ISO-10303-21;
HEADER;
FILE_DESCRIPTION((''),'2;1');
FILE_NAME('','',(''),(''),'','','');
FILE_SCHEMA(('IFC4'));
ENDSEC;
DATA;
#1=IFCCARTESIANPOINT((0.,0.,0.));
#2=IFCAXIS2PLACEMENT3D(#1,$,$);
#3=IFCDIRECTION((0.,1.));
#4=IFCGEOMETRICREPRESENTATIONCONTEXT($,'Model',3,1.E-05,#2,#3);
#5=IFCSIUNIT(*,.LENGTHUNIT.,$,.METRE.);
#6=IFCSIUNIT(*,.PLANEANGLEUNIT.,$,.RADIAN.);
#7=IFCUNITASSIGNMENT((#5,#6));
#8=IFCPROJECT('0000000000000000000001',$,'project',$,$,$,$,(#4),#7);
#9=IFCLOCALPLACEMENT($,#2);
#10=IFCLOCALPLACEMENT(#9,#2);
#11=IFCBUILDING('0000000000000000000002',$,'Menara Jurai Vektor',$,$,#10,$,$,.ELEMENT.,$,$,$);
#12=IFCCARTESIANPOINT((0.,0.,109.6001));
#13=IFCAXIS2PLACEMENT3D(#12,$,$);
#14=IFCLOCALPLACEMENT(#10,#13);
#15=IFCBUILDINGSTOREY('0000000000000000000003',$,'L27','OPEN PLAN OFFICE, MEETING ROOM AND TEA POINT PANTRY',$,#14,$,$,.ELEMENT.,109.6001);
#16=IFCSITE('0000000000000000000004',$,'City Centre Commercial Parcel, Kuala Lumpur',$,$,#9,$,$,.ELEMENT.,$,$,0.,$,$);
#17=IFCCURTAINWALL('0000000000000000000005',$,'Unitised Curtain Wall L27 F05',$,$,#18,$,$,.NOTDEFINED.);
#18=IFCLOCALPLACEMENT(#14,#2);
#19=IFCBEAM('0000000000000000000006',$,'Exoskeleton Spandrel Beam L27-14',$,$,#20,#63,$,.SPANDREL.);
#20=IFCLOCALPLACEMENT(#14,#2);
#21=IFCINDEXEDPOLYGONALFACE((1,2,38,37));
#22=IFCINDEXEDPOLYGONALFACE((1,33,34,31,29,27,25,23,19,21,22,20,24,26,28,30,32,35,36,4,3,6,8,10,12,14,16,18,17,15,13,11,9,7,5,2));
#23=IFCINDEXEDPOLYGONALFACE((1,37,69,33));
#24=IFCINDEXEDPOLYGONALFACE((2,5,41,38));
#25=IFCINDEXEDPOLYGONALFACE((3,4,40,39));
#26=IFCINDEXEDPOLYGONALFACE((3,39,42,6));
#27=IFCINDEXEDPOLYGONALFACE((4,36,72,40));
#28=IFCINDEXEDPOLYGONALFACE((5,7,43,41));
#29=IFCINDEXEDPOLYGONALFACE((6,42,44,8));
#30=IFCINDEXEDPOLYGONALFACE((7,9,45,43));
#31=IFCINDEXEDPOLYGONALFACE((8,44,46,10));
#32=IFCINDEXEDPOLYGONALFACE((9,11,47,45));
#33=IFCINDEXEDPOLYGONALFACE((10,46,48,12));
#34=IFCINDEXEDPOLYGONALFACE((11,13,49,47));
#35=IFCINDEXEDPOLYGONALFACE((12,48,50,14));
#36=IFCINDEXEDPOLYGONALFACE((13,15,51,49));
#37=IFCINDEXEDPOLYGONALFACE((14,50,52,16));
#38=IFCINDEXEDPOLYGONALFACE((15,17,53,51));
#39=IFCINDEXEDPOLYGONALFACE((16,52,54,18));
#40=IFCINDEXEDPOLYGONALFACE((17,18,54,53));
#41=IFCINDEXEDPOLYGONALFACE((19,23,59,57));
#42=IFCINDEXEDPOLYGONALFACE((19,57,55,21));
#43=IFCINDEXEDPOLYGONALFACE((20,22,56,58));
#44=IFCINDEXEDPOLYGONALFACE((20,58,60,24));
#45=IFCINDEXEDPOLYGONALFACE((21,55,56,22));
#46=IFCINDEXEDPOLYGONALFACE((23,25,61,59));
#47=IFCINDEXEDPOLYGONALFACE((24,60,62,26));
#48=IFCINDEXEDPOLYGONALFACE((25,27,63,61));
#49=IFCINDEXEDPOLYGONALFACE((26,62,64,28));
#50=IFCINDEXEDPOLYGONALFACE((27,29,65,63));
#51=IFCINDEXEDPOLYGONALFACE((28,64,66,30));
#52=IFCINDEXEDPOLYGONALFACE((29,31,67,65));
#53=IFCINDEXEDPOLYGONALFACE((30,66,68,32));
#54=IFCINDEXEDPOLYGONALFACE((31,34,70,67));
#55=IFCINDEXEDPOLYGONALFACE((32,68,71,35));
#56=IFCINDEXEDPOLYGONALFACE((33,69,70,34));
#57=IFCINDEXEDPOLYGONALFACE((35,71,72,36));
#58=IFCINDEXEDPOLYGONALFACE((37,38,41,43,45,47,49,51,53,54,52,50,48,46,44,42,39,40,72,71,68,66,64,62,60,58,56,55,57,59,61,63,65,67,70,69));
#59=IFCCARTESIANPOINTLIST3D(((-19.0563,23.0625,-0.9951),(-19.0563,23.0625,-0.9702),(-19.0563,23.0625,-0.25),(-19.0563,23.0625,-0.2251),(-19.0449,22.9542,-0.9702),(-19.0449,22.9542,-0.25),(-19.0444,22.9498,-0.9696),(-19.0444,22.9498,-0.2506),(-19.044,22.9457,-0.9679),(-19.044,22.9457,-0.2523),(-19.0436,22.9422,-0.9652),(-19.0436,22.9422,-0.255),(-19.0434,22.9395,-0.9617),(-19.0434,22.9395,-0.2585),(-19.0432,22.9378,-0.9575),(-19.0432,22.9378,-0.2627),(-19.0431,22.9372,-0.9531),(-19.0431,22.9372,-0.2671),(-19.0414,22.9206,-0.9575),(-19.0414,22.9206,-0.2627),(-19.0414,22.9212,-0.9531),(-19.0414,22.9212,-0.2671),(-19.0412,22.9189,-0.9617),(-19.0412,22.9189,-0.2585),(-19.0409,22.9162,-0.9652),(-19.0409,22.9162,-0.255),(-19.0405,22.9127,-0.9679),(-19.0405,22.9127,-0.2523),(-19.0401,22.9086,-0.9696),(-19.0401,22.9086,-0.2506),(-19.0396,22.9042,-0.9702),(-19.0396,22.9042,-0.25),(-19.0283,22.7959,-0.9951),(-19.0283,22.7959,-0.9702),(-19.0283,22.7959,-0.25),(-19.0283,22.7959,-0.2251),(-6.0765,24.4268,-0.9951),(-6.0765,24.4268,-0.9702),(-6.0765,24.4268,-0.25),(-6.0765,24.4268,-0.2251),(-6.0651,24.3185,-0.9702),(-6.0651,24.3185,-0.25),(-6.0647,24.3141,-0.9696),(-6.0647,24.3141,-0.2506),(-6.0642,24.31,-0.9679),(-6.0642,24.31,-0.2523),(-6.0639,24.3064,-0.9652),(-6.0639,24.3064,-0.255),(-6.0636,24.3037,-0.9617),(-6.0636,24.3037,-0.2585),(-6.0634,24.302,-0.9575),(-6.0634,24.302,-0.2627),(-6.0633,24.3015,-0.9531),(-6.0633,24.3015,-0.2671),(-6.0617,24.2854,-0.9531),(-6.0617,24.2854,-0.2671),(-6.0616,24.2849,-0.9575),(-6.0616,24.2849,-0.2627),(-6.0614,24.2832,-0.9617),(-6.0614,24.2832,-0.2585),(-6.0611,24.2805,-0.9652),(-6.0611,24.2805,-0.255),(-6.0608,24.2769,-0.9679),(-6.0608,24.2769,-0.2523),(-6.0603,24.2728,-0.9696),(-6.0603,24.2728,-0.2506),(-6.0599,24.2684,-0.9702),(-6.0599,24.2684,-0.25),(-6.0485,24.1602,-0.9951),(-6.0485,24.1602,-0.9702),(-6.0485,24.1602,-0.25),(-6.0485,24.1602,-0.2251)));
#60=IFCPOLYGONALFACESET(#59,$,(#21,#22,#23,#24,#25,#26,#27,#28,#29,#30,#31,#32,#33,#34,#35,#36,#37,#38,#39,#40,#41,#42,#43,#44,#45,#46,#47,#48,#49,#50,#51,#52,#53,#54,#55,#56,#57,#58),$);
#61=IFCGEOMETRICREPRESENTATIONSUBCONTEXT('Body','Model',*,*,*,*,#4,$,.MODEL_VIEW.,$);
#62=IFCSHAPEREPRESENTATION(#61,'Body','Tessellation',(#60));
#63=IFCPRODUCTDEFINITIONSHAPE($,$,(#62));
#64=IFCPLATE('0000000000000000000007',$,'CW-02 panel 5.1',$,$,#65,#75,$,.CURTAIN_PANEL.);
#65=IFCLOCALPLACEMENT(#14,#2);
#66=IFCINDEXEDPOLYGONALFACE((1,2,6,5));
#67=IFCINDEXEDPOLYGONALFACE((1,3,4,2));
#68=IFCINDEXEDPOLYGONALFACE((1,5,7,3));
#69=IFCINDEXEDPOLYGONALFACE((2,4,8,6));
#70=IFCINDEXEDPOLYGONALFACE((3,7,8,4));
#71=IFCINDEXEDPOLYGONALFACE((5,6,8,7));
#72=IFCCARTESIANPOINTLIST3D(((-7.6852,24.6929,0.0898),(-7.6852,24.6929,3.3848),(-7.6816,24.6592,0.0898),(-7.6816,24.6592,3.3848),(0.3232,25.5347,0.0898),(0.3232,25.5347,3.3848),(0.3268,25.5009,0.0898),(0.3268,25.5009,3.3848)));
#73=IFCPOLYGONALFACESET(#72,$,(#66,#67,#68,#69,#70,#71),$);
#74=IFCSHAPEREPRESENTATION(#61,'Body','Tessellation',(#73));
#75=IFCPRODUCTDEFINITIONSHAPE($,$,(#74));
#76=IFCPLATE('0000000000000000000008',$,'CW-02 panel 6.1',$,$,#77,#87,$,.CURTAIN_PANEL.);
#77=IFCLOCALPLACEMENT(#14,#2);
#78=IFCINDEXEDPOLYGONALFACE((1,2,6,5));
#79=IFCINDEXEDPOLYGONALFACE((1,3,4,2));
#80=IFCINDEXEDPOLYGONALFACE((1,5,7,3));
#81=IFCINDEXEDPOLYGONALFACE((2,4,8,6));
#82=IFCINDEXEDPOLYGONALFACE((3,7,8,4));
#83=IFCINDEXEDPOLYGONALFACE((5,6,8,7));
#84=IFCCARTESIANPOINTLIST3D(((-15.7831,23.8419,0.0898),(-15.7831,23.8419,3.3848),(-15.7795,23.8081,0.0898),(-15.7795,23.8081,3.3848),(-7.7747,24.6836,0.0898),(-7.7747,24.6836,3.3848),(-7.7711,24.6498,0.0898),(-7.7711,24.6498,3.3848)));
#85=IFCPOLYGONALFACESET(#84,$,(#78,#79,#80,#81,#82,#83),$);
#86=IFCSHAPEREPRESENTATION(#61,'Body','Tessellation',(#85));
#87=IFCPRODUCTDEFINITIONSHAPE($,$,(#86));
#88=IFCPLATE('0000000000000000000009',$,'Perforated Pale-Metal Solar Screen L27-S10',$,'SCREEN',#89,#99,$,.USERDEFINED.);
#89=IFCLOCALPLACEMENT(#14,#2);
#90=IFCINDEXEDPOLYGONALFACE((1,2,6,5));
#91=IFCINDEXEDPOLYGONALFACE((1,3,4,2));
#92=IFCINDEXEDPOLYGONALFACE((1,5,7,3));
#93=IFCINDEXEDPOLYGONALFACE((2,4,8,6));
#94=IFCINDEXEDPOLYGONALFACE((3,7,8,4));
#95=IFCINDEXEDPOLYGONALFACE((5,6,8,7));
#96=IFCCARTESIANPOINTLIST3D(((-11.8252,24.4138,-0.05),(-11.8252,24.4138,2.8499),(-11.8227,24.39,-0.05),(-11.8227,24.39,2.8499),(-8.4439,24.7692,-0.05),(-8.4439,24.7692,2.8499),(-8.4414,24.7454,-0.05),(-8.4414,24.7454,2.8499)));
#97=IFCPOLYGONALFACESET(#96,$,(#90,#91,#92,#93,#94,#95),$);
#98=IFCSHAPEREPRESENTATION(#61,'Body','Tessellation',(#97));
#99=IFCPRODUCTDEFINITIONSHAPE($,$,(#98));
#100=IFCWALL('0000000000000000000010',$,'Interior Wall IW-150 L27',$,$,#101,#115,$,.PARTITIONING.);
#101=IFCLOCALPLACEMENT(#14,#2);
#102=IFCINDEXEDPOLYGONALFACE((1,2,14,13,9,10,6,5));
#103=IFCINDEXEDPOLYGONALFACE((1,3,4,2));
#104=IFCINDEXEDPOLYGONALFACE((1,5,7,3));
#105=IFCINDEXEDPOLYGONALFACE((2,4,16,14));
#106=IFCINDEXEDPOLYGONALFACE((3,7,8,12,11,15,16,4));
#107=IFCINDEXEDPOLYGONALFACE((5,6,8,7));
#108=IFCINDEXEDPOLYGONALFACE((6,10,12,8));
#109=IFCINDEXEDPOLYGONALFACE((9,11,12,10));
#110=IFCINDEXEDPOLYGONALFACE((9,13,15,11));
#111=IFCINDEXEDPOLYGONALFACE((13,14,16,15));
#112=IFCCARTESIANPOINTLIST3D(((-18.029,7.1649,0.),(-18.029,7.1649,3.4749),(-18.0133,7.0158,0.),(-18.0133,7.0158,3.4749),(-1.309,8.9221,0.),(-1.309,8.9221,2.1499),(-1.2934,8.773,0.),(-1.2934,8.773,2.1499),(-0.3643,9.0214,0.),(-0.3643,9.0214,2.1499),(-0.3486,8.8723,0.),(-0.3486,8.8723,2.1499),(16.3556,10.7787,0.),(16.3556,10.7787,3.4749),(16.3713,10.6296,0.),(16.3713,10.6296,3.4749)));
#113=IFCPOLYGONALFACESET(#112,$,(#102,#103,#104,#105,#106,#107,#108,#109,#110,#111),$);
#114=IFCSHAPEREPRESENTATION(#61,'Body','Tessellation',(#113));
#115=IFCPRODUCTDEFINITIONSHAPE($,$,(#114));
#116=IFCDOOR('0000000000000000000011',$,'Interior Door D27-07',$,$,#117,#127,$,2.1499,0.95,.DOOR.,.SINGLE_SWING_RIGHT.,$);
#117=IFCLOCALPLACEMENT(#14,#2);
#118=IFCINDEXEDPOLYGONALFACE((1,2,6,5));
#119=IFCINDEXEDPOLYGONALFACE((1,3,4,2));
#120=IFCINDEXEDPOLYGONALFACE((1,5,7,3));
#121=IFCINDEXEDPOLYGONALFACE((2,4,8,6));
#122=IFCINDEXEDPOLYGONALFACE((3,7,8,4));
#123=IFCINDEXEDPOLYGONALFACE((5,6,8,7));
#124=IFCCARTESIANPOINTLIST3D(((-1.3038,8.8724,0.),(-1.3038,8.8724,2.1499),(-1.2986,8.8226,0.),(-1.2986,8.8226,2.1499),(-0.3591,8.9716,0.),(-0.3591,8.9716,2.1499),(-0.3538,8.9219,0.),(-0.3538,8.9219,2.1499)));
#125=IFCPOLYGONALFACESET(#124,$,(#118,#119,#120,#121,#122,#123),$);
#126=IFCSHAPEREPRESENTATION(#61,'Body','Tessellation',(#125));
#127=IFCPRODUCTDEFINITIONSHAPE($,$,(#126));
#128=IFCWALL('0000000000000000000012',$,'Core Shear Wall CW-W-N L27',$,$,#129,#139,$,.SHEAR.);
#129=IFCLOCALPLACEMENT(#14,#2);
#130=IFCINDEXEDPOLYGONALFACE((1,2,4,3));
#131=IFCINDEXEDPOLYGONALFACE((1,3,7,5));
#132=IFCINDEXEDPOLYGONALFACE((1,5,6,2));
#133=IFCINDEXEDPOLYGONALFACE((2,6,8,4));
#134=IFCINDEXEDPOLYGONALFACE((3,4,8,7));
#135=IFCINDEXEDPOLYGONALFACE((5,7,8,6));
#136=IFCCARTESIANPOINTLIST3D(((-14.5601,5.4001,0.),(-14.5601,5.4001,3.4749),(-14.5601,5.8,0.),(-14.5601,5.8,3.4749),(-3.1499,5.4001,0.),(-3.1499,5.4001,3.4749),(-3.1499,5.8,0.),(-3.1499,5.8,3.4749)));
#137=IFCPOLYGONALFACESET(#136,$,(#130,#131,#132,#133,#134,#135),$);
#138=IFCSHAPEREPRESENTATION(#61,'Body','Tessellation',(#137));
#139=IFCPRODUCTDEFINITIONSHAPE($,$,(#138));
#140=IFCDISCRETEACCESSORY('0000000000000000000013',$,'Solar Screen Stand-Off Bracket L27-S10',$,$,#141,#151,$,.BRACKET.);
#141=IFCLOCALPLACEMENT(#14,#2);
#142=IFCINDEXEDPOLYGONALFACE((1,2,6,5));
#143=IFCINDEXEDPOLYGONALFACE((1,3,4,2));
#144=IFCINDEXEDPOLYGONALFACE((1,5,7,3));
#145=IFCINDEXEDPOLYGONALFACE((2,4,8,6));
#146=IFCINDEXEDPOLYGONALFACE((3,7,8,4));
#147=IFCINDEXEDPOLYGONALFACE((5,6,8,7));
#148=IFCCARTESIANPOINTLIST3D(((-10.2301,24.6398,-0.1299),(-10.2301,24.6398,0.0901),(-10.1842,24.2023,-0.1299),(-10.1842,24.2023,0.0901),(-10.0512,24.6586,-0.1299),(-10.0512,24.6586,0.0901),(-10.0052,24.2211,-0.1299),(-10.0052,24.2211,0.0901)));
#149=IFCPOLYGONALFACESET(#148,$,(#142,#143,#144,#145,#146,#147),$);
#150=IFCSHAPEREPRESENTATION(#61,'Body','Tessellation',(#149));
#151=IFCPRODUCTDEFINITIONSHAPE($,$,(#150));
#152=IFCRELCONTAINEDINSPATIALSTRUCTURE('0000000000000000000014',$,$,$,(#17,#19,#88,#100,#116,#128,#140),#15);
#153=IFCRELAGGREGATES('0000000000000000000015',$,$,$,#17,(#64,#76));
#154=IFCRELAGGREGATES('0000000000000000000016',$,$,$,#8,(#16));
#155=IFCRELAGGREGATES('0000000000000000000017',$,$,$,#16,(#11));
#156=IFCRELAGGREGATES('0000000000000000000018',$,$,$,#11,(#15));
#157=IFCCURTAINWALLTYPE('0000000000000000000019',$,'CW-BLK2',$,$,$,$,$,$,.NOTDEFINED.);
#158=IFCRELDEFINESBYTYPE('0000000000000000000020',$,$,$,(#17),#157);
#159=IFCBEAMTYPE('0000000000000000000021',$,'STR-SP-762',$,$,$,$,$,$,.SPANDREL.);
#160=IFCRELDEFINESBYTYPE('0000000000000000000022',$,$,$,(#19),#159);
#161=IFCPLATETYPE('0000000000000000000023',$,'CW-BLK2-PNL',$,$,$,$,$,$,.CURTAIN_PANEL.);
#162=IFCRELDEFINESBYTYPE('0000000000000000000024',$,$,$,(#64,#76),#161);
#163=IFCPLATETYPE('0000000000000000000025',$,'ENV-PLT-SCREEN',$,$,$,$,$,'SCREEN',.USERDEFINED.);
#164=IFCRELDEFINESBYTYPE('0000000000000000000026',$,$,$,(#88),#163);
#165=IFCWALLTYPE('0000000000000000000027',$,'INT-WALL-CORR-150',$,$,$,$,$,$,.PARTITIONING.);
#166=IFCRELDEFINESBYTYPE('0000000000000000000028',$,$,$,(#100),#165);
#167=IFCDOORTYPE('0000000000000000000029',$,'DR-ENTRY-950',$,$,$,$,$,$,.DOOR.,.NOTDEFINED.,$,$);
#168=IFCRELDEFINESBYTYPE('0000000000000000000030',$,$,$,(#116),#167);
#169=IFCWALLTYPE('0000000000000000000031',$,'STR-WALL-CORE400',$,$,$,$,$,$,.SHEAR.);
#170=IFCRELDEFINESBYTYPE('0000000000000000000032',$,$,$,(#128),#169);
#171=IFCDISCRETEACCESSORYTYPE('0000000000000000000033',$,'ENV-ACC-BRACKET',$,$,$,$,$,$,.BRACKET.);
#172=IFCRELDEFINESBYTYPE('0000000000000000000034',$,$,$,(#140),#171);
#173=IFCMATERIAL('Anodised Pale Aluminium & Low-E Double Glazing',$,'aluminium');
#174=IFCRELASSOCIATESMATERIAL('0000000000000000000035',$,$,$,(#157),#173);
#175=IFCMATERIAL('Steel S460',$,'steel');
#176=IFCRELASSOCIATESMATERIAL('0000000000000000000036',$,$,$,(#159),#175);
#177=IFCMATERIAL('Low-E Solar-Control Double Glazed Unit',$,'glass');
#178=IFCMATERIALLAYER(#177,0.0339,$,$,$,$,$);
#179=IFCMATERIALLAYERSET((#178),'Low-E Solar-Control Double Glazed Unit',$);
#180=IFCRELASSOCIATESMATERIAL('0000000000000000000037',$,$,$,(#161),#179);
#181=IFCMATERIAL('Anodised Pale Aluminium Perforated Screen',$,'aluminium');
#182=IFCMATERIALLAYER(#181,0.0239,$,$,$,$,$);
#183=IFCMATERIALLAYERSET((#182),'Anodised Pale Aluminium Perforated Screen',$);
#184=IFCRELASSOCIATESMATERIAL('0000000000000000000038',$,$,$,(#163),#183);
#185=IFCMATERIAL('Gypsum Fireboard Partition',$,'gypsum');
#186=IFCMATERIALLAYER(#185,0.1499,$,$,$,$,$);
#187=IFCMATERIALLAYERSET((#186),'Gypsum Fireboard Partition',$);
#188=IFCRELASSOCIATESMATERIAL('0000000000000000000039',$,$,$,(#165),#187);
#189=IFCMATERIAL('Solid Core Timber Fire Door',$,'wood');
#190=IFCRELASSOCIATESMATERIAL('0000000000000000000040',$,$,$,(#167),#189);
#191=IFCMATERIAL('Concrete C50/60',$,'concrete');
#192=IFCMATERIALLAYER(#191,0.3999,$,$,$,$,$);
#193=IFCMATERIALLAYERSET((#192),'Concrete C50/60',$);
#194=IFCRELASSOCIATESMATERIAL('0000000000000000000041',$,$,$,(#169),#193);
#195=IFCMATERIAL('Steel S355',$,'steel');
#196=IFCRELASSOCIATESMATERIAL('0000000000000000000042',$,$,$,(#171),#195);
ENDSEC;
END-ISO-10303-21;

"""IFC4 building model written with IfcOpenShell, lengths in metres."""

from ifc_helpers import new_model, si_unit, direction, frame, frame_2d, origin, origin_2d, place, context, subcontext, project, spatial, rectangle, i_section, extrude, material, layer, layer_set, material_profile, profile_set, type_object, element, fill, aggregate, save


model = new_model("IFC4")

# Units and contexts
model_context = context("Model", 3, precision=1e-05, world=origin(), true_north=direction((0.0, 1.0)))
body_context = subcontext(model_context, "Body", "Model", "MODEL_VIEW")
ifc_project = project(units=[si_unit("LENGTHUNIT", "METRE"), si_unit("PLANEANGLEUNIT", "RADIAN")], contexts=[model_context])

# Site, building, storey
site_placement = place(None, origin())
site = spatial("IfcSite", under=ifc_project, at=site_placement, Name="City Centre Commercial Parcel, Kuala Lumpur", CompositionType="ELEMENT", RefElevation=0.0)
building_placement = place(site_placement, origin())
building = spatial("IfcBuilding", under=site, at=building_placement, Name="Menara Jurai Vektor", CompositionType="ELEMENT")
storey_placement = place(building_placement, frame((0.0, 0.0, 109.6001)))
storey = spatial("IfcBuildingStorey", under=building, at=storey_placement, Name="L27", Description="OPEN PLAN OFFICE, MEETING ROOM AND TEA POINT PANTRY", CompositionType="ELEMENT", Elevation=109.6001)

# Shared definitions
ifc_material_1 = material(Name="Steel S460", Category="steel")

# Curtain wall
ifc_material_2 = material(Name="Anodised Pale Aluminium & Low-E Double Glazing", Category="aluminium")
curtain_wall_type = type_object("IfcCurtainWallType", Name="CW-BLK2", PredefinedType="NOTDEFINED", material=ifc_material_2)
curtain_wall_placement = place(storey_placement, origin())
curtain_wall = element("IfcCurtainWall", 1, at=curtain_wall_placement, inside=storey, type_object=curtain_wall_type, Name="Unitised Curtain Wall L27 F05", PredefinedType="NOTDEFINED")

# Beam
ifc_material_3 = material(Name="Steel S355", Category="steel")
ifc_material_profile_1 = material_profile(ifc_material_1, i_section(OverallWidth=0.2681, OverallDepth=0.77, WebThickness=0.0161, FlangeThickness=0.0249, FilletRadius=0.0171, at=origin_2d()), Name="UKB 762x267x197")
ifc_profile_set_1 = profile_set([ifc_material_profile_1], Name="Steel S460")
beam_type_1 = type_object("IfcBeamType", Name="STR-SP-762", PredefinedType="SPANDREL", material=ifc_profile_set_1)
beam_1_placement = place(storey_placement, frame((-6.0625, 24.2935, -0.6101), z_axis=(-0.994522, -0.104531, 0.0), x_axis=(0.104531, -0.994522, 0.0)))
element("IfcBeam", 2, at=beam_1_placement, inside=storey, type_object=beam_type_1, Name="Exoskeleton Spandrel Beam L27-14", PredefinedType="SPANDREL", context=body_context, shape_type="SweptSolid", body=[
    extrude(i_section(OverallWidth=0.2681, OverallDepth=0.77, WebThickness=0.0161, FlangeThickness=0.0249, FilletRadius=0.0171, at=origin_2d()), origin(), (0.0, 0.0, 1.0), 13.0513),
])

# Plates
ifc_material_4 = material(Name="Low-E Solar-Control Double Glazed Unit", Category="glass")
ifc_layer_1 = layer(ifc_material_4, 0.0339)
ifc_layer_set_1 = layer_set([ifc_layer_1], Name="Low-E Solar-Control Double Glazed Unit")
plate_type_1 = type_object("IfcPlateType", Name="CW-BLK2-PNL", PredefinedType="CURTAIN_PANEL", material=ifc_layer_set_1)
plate_1_placement = place(storey_placement, frame((-3.6792, 25.0969, 0.0898), z_axis=(0.0, 0.0, 1.0), x_axis=(-0.994522, -0.104529, 0.0)))
plate_1 = element("IfcPlate", 3, at=plate_1_placement, type_object=plate_type_1, Name="CW-02 panel 5.1", PredefinedType="CURTAIN_PANEL", context=body_context, shape_type="SweptSolid", body=[
    extrude(rectangle(XDim=8.0525, YDim=0.0339, at=origin_2d()), origin(), (0.0, 0.0, 1.0), 3.2949),
])
plate_2_placement = place(storey_placement, frame((-11.7771, 24.2458, 0.0898), z_axis=(0.0, 0.0, 1.0), x_axis=(-0.994522, -0.104529, 0.0)))
plate_2 = element("IfcPlate", 4, at=plate_2_placement, type_object=plate_type_1, Name="CW-02 panel 6.1", PredefinedType="CURTAIN_PANEL", context=body_context, shape_type="SweptSolid", body=[
    extrude(rectangle(XDim=8.0525, YDim=0.0339, at=origin_2d()), origin(), (0.0, 0.0, 1.0), 3.2949),
])
aggregate(curtain_wall, [plate_1, plate_2])
ifc_material_5 = material(Name="Anodised Pale Aluminium Perforated Screen", Category="aluminium")
ifc_layer_2 = layer(ifc_material_5, 0.0239)
ifc_layer_set_2 = layer_set([ifc_layer_2], Name="Anodised Pale Aluminium Perforated Screen")
plate_type_2 = type_object("IfcPlateType", Name="ENV-PLT-SCREEN", ElementType="SCREEN", PredefinedType="USERDEFINED", material=ifc_layer_set_2)
plate_3_placement = place(storey_placement, frame((-10.1333, 24.5796, -0.05), z_axis=(0.0, 0.0, 1.0), x_axis=(-0.994522, -0.104528, 0.0)))
element("IfcPlate", 5, at=plate_3_placement, inside=storey, type_object=plate_type_2, Name="Perforated Pale-Metal Solar Screen L27-S10", ObjectType="SCREEN", PredefinedType="USERDEFINED", context=body_context, shape_type="SweptSolid", body=[
    extrude(rectangle(XDim=3.3999, YDim=0.0239, at=origin_2d()), origin(), (0.0, 0.0, 1.0), 2.8999),
])

# Wall, opening, door
ifc_material_6 = material(Name="Gypsum Fireboard Partition", Category="gypsum")
ifc_layer_3 = layer(ifc_material_6, 0.1499)
ifc_layer_set_3 = layer_set([ifc_layer_3], Name="Gypsum Fireboard Partition")
wall_type_1 = type_object("IfcWallType", Name="INT-WALL-CORR-150", PredefinedType="PARTITIONING", material=ifc_layer_set_3)
wall_1_placement = place(storey_placement, frame((-18.0212, 7.0903, 0.0), z_axis=(0.0, 0.0, 1.0), x_axis=(0.994522, 0.104523, 0.0)))
wall_1 = element("IfcWall", 6, at=wall_1_placement, inside=storey, type_object=wall_type_1, Name="Interior Wall IW-150 L27", PredefinedType="PARTITIONING", context=body_context, shape_type="SweptSolid", body=[
    extrude(rectangle(XDim=34.574, YDim=0.1499, at=frame_2d((17.2871, 0.0))), origin(), (0.0, 0.0, 1.0), 3.4749),
])
opening_placement = place(wall_1_placement, frame((16.812, 0.0, 0.0)))
opening = element("IfcOpeningElement", 7, at=opening_placement, cuts=wall_1, PredefinedType="OPENING", context=body_context, shape_type="SweptSolid", body=[
    extrude(rectangle(XDim=0.95, YDim=2.1499, at=frame_2d((0.4751, 1.075))), frame((0.0, 0.085, 0.0), z_axis=(0.0, -1.0, 0.0), x_axis=(1.0, 0.0, 0.0)), (0.0, 0.0, 1.0), 0.1699),
])
ifc_material_7 = material(Name="Solid Core Timber Fire Door", Category="wood")
door_type = type_object("IfcDoorType", Name="DR-ENTRY-950", OperationType="NOTDEFINED", PredefinedType="DOOR", material=ifc_material_7)
door_placement = place(opening_placement, origin())
door = element("IfcDoor", 8, at=door_placement, inside=storey, type_object=door_type, Name="Interior Door D27-07", OperationType="SINGLE_SWING_RIGHT", OverallHeight=2.1499, OverallWidth=0.95, PredefinedType="DOOR", context=body_context, shape_type="SweptSolid", body=[
    extrude(rectangle(XDim=0.95, YDim=2.1499, at=frame_2d((0.4751, 1.075))), frame((0.0, 0.0249, 0.0), z_axis=(0.0, -1.0, 0.0), x_axis=(1.0, 0.0, 0.0)), (0.0, 0.0, 1.0), 0.05),
])
fill(opening, door)

# Wall
ifc_material_8 = material(Name="Concrete C50/60", Category="concrete")
ifc_layer_4 = layer(ifc_material_8, 0.3999)
ifc_layer_set_4 = layer_set([ifc_layer_4], Name="Concrete C50/60")
wall_type_2 = type_object("IfcWallType", Name="STR-WALL-CORE400", PredefinedType="SHEAR", material=ifc_layer_set_4)
wall_2_placement = place(storey_placement, frame((-14.5601, 5.6001, 0.0), z_axis=(0.0, 0.0, 1.0), x_axis=(1.0, 0.0, 0.0)))
element("IfcWall", 9, at=wall_2_placement, inside=storey, type_object=wall_type_2, Name="Core Shear Wall CW-W-N L27", PredefinedType="SHEAR", context=body_context, shape_type="SweptSolid", body=[
    extrude(rectangle(XDim=11.4102, YDim=0.3999, at=frame_2d((5.7051, 0.0))), origin(), (0.0, 0.0, 1.0), 3.4749),
])

# Discrete accessory
discrete_accessory_type = type_object("IfcDiscreteAccessoryType", Name="ENV-ACC-BRACKET", PredefinedType="BRACKET", material=ifc_material_3)
discrete_accessory_placement = place(storey_placement, frame((-10.1177, 24.4304, -0.1299), z_axis=(0.0, 0.0, 1.0), x_axis=(-0.994522, -0.104528, 0.0)))
element("IfcDiscreteAccessory", 10, at=discrete_accessory_placement, inside=storey, type_object=discrete_accessory_type, Name="Solar Screen Stand-Off Bracket L27-S10", PredefinedType="BRACKET", context=body_context, shape_type="SweptSolid", body=[
    extrude(rectangle(XDim=0.1799, YDim=0.4399, at=origin_2d()), origin(), (0.0, 0.0, 1.0), 0.22),
])

save(model, "model.ifc")
